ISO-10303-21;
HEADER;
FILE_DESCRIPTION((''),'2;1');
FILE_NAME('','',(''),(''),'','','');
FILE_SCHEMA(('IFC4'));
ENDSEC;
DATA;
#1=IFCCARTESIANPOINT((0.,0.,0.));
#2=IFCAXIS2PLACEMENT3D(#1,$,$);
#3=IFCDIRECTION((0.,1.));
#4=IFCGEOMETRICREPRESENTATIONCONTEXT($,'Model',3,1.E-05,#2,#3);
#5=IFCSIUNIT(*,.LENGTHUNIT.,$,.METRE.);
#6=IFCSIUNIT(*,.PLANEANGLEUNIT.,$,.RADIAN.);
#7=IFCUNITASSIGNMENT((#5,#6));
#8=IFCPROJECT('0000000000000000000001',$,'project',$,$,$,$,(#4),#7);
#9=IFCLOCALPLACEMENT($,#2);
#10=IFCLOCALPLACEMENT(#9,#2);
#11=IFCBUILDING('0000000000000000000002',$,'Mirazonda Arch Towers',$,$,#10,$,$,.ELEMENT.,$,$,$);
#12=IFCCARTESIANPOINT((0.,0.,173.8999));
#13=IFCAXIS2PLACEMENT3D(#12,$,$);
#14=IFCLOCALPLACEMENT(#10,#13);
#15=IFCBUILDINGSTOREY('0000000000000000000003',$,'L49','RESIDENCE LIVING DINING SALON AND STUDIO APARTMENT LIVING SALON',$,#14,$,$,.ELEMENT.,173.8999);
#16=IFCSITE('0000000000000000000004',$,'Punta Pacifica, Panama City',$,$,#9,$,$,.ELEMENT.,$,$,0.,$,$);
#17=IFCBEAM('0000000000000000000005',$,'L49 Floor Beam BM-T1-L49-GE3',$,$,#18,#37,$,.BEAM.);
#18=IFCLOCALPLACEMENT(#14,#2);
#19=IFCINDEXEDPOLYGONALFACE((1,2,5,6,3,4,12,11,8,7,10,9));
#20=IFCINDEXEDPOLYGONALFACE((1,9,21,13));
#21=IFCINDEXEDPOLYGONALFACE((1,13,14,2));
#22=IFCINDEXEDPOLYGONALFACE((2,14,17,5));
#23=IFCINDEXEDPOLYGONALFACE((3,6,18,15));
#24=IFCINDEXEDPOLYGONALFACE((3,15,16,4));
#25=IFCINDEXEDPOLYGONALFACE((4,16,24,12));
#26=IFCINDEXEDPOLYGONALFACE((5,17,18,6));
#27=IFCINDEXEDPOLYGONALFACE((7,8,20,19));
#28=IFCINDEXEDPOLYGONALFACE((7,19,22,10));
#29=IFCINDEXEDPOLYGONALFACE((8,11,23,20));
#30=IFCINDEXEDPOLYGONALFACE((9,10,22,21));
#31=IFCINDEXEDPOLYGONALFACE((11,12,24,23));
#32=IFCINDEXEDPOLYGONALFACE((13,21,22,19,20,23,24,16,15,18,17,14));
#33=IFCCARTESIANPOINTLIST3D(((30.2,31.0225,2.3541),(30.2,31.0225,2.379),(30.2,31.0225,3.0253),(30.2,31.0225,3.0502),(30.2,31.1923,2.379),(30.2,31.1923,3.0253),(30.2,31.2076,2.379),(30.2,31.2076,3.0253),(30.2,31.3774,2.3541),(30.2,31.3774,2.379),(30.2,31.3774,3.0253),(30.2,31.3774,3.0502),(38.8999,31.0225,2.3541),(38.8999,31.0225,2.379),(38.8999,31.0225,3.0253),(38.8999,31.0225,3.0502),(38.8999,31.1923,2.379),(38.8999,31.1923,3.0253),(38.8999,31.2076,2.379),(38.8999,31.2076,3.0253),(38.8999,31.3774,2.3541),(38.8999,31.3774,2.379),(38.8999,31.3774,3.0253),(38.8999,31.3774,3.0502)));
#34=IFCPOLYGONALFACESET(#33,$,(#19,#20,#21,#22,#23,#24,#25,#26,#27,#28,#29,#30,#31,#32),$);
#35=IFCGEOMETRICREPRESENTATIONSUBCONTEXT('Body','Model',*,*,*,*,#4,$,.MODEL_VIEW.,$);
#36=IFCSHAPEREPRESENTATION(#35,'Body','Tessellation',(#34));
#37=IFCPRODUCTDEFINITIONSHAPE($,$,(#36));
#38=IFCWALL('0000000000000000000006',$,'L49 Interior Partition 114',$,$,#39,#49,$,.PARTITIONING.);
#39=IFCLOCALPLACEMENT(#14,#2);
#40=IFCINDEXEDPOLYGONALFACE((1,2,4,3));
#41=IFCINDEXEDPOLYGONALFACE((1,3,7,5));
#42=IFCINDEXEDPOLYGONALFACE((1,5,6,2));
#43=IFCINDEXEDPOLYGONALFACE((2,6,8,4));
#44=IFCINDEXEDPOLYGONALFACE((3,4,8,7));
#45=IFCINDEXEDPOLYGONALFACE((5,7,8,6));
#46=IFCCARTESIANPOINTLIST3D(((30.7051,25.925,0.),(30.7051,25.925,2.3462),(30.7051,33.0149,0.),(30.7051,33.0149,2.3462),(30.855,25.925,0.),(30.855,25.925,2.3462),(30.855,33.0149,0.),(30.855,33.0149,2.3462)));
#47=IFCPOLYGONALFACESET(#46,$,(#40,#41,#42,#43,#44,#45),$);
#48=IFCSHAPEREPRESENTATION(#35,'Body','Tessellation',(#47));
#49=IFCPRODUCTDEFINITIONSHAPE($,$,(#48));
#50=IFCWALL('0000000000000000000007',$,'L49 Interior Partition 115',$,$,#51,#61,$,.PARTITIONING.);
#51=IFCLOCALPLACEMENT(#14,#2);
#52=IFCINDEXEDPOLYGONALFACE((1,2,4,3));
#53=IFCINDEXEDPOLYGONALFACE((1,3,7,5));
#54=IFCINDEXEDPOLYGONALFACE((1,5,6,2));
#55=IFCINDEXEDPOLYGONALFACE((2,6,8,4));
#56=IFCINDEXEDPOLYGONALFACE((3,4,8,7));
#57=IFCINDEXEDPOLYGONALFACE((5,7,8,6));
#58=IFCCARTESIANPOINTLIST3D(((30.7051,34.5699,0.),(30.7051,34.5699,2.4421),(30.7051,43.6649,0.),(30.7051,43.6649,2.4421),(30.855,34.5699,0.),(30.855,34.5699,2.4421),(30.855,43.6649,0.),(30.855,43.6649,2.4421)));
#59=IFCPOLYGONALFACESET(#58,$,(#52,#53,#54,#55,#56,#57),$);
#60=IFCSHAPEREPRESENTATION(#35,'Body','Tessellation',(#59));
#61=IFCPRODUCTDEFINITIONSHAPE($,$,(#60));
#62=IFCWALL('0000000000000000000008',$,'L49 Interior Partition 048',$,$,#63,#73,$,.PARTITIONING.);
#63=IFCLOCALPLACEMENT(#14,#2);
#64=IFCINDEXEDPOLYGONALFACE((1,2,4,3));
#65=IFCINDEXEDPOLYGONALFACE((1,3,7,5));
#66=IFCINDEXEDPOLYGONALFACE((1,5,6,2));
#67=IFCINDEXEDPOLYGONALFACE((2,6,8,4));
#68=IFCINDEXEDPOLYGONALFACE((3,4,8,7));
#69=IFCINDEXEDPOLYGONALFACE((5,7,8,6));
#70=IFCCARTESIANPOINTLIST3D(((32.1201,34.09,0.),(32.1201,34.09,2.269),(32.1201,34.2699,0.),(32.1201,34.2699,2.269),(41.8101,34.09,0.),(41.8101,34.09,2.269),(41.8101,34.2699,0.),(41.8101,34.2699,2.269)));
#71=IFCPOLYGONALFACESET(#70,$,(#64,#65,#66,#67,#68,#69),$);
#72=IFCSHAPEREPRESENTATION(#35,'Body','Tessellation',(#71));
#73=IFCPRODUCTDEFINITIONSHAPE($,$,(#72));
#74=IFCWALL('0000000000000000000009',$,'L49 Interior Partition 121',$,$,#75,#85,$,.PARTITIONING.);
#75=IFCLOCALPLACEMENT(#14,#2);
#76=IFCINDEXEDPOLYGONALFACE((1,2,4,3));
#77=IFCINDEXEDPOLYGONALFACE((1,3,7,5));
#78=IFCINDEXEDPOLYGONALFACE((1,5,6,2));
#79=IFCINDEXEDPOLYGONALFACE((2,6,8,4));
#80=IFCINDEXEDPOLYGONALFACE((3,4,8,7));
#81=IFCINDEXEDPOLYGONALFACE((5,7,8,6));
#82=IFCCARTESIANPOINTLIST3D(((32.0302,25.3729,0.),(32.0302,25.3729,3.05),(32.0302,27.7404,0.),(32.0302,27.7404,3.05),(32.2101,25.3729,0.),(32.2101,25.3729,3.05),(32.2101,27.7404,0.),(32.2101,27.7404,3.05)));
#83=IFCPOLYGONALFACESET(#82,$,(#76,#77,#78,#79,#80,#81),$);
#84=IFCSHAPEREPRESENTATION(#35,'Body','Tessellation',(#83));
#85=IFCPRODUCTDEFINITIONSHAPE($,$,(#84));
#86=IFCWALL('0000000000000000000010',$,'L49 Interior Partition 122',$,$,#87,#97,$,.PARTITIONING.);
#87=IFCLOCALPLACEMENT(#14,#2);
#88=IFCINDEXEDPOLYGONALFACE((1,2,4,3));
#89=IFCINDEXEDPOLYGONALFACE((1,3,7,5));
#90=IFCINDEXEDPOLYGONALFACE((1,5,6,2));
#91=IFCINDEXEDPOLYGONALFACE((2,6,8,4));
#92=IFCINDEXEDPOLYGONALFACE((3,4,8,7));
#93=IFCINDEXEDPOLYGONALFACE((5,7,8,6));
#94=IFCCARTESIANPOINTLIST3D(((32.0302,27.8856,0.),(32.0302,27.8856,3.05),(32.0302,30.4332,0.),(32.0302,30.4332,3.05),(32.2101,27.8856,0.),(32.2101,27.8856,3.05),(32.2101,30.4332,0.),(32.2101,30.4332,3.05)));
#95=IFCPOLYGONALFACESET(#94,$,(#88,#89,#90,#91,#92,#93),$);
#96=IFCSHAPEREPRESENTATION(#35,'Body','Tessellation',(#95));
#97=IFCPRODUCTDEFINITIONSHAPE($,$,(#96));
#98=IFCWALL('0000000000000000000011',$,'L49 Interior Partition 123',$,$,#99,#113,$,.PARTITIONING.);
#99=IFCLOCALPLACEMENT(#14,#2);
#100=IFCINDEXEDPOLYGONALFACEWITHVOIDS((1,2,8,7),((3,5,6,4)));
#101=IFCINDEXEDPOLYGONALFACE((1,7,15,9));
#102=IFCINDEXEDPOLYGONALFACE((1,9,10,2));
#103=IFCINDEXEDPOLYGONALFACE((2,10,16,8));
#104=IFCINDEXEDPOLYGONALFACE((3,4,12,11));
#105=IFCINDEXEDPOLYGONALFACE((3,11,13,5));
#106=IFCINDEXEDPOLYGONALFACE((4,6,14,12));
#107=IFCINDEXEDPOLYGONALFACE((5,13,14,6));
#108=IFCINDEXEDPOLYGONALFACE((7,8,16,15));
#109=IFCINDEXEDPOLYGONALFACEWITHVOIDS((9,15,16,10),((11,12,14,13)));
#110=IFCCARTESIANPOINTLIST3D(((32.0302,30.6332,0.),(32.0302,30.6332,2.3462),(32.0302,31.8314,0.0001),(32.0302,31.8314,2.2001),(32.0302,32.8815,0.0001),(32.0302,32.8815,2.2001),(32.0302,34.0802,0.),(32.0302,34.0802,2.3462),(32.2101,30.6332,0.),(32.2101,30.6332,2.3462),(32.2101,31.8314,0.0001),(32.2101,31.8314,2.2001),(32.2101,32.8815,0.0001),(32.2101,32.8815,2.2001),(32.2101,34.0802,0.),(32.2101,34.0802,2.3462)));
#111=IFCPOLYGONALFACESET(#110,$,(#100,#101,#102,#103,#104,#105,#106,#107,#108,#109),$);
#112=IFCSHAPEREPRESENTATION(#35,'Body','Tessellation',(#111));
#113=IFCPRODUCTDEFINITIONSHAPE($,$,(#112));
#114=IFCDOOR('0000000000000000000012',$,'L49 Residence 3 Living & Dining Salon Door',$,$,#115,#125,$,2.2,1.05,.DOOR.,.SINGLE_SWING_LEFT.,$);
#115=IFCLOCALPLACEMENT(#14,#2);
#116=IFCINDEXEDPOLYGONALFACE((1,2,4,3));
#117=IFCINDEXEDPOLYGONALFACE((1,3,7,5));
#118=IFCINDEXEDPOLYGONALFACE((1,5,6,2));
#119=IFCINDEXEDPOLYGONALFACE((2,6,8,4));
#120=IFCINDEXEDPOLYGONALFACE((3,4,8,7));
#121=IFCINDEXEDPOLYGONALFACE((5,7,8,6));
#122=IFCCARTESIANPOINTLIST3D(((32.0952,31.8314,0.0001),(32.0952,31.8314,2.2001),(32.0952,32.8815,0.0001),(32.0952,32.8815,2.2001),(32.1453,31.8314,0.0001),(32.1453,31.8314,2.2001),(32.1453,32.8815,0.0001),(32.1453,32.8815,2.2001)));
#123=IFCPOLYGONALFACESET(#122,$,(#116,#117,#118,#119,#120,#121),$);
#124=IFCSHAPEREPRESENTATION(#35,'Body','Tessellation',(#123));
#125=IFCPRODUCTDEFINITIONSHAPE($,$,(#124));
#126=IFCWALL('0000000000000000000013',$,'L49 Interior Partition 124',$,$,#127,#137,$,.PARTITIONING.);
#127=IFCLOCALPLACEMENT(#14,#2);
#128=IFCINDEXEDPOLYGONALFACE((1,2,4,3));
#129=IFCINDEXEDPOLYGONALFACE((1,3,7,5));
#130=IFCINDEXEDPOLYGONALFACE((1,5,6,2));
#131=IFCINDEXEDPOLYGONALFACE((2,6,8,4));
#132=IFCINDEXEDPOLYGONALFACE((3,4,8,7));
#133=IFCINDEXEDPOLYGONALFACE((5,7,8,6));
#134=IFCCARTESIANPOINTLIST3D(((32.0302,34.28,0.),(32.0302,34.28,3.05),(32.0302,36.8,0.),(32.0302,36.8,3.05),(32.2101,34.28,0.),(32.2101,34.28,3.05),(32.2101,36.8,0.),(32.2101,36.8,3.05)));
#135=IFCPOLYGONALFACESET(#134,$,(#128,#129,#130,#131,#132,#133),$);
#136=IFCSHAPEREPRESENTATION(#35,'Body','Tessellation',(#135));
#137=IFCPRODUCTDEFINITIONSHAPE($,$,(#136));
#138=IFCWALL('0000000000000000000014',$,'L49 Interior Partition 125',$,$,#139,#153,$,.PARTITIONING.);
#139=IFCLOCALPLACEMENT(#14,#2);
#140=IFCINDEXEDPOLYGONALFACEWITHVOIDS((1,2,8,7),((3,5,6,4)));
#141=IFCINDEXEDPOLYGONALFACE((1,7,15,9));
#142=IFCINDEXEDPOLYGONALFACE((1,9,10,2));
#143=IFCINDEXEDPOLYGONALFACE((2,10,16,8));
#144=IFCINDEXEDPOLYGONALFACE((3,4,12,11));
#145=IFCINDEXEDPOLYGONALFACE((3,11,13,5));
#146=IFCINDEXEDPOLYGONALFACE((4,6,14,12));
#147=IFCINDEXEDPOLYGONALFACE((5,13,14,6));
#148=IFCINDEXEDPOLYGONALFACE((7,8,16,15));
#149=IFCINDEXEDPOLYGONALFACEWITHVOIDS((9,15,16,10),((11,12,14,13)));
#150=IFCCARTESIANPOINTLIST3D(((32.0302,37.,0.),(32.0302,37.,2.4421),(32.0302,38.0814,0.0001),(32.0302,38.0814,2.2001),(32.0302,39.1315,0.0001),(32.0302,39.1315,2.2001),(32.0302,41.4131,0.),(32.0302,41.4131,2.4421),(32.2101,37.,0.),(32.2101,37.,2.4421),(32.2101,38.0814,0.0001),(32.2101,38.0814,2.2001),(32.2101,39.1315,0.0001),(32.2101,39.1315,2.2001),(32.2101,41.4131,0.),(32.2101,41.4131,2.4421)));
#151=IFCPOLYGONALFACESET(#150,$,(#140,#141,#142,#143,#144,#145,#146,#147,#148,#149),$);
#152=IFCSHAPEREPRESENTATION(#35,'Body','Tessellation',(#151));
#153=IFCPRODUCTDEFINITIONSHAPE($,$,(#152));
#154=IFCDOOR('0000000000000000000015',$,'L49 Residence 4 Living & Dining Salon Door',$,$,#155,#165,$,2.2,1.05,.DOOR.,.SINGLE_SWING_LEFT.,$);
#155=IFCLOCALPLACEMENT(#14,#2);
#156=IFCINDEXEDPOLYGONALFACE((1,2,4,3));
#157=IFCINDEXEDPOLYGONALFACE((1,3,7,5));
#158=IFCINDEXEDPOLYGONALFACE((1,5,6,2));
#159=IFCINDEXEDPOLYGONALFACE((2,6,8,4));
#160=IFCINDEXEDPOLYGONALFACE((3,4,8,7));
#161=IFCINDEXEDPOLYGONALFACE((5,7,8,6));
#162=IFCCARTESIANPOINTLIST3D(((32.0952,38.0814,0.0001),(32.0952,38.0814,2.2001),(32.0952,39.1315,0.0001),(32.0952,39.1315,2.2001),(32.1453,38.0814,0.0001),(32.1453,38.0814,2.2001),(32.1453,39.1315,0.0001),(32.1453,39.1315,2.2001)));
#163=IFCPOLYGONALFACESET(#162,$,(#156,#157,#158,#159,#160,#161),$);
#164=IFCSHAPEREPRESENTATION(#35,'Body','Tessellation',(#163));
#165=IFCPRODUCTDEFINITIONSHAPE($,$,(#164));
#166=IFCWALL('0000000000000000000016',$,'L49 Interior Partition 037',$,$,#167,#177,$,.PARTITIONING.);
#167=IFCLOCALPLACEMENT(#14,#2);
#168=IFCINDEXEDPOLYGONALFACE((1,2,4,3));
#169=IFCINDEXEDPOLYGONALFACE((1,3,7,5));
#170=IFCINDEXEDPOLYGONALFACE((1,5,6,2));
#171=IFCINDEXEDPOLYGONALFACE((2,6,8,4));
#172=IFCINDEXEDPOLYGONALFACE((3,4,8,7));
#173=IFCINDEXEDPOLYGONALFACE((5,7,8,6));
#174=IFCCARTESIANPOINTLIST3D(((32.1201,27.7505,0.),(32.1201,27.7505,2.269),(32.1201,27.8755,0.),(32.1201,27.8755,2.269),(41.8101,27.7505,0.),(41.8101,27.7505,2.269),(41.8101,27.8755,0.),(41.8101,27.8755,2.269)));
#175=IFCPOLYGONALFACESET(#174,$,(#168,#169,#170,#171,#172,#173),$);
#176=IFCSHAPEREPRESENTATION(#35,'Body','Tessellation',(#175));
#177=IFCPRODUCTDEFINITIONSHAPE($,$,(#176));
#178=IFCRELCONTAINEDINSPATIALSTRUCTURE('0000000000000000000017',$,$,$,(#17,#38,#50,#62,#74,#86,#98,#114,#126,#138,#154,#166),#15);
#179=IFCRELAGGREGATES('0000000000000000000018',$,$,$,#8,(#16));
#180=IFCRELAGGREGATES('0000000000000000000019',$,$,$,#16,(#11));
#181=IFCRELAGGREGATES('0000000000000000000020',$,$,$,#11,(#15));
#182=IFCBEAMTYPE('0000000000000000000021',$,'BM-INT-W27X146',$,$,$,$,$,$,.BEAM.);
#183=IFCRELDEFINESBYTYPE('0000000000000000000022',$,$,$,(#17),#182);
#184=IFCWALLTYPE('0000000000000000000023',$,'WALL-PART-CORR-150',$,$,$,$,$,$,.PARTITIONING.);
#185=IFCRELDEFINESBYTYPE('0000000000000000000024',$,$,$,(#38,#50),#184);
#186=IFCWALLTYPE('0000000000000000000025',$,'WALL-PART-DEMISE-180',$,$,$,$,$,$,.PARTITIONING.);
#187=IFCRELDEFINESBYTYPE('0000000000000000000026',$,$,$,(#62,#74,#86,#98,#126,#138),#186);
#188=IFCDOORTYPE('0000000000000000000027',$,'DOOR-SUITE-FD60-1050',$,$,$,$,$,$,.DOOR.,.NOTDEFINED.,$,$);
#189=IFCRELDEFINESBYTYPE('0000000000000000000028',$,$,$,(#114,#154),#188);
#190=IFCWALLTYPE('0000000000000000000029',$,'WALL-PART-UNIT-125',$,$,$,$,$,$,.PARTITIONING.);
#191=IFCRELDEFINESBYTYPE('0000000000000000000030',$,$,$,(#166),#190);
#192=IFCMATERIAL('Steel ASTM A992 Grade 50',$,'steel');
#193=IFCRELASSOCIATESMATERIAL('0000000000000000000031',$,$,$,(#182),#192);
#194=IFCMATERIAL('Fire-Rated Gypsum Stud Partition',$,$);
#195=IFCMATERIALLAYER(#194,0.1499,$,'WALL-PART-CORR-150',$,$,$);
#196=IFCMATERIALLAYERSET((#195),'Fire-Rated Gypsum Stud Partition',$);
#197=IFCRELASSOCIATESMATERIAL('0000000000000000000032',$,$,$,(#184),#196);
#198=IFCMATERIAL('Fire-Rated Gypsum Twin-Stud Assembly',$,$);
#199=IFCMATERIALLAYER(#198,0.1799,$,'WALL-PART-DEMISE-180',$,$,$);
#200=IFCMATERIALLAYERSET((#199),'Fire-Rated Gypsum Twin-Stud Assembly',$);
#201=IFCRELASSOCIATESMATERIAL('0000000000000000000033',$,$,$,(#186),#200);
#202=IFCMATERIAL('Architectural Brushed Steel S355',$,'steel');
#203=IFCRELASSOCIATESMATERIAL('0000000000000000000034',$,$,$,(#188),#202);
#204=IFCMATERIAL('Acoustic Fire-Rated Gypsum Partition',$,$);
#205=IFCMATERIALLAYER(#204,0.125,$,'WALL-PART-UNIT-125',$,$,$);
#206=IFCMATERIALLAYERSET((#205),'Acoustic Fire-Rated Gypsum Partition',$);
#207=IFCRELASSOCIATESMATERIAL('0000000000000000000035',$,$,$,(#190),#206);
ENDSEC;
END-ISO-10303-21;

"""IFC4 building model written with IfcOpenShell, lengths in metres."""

from ifc_helpers import new_model, si_unit, direction, frame, frame_2d, origin, origin_2d, place, context, subcontext, project, spatial, rectangle, i_section, extrude, material, layer, layer_set, material_profile, profile_set, type_object, element, fill, save


model = new_model("IFC4")

# Units and contexts
model_context = context("Model", 3, precision=1e-05, world=origin(), true_north=direction((0.0, 1.0)))
body_context = subcontext(model_context, "Body", "Model", "MODEL_VIEW")
ifc_project = project(units=[si_unit("LENGTHUNIT", "METRE"), si_unit("PLANEANGLEUNIT", "RADIAN")], contexts=[model_context])

# Site, building, storey
site_placement = place(None, origin())
site = spatial("IfcSite", under=ifc_project, at=site_placement, Name="Punta Pacifica, Panama City", CompositionType="ELEMENT", RefElevation=0.0)
building_placement = place(site_placement, origin())
building = spatial("IfcBuilding", under=site, at=building_placement, Name="Mirazonda Arch Towers", CompositionType="ELEMENT")
storey_placement = place(building_placement, frame((0.0, 0.0, 173.8999)))
storey = spatial("IfcBuildingStorey", under=building, at=storey_placement, Name="L49", Description="RESIDENCE LIVING DINING SALON AND STUDIO APARTMENT LIVING SALON", CompositionType="ELEMENT", Elevation=173.8999)

# Beam
ifc_material_1 = material(Name="Steel ASTM A992 Grade 50", Category="steel")
ifc_material_profile = material_profile(ifc_material_1, i_section(OverallWidth=0.355, OverallDepth=0.696, WebThickness=0.0154, FlangeThickness=0.0249, at=origin_2d()), Name="W27X146")
ifc_profile_set = profile_set([ifc_material_profile], Name="Steel ASTM A992 Grade 50")
beam_type = type_object("IfcBeamType", Name="BM-INT-W27X146", PredefinedType="BEAM", material=ifc_profile_set)
beam_placement = place(storey_placement, frame((30.2, 31.2, 2.7021), z_axis=(1.0, 0.0, 0.0), x_axis=(0.0, 1.0, 0.0)))
element("IfcBeam", 1, at=beam_placement, inside=storey, type_object=beam_type, Name="L49 Floor Beam BM-T1-L49-GE3", PredefinedType="BEAM", context=body_context, shape_type="SweptSolid", body=[
    extrude(i_section(OverallWidth=0.355, OverallDepth=0.696, WebThickness=0.0154, FlangeThickness=0.0249, at=origin_2d()), origin(), (0.0, 0.0, 1.0), 8.7),
])

# Walls
ifc_material_2 = material(Name="Fire-Rated Gypsum Stud Partition")
ifc_layer_1 = layer(ifc_material_2, 0.1499, Name="WALL-PART-CORR-150")
ifc_layer_set_1 = layer_set([ifc_layer_1], Name="Fire-Rated Gypsum Stud Partition")
wall_type_1 = type_object("IfcWallType", Name="WALL-PART-CORR-150", PredefinedType="PARTITIONING", material=ifc_layer_set_1)
wall_1_placement = place(storey_placement, frame((30.78, 25.925, 0.0), z_axis=(0.0, 0.0, 1.0), x_axis=(0.0, 1.0, 0.0)))
element("IfcWall", 2, at=wall_1_placement, inside=storey, type_object=wall_type_1, Name="L49 Interior Partition 114", PredefinedType="PARTITIONING", context=body_context, shape_type="SweptSolid", body=[
    extrude(rectangle(XDim=7.0898, YDim=0.1499, at=frame_2d((3.5449, 0.0))), origin(), (0.0, 0.0, 1.0), 2.3462),
])
wall_2_placement = place(storey_placement, frame((30.78, 34.5701, 0.0), z_axis=(0.0, 0.0, 1.0), x_axis=(0.0, 1.0, 0.0)))
element("IfcWall", 3, at=wall_2_placement, inside=storey, type_object=wall_type_1, Name="L49 Interior Partition 115", PredefinedType="PARTITIONING", context=body_context, shape_type="SweptSolid", body=[
    extrude(rectangle(XDim=9.095, YDim=0.1499, at=frame_2d((4.5474, 0.0))), origin(), (0.0, 0.0, 1.0), 2.4421),
])

# Shared definitions
ifc_material_3 = material(Name="Fire-Rated Gypsum Twin-Stud Assembly")
ifc_layer_2 = layer(ifc_material_3, 0.1799, Name="WALL-PART-DEMISE-180")
ifc_layer_set_2 = layer_set([ifc_layer_2], Name="Fire-Rated Gypsum Twin-Stud Assembly")
wall_type_2 = type_object("IfcWallType", Name="WALL-PART-DEMISE-180", PredefinedType="PARTITIONING", material=ifc_layer_set_2)
ifc_material_4 = material(Name="Architectural Brushed Steel S355", Category="steel")

# Wall
wall_3_placement = place(storey_placement, frame((32.1201, 34.1799, 0.0), z_axis=(0.0, 0.0, 1.0), x_axis=(1.0, 0.0, 0.0)))
element("IfcWall", 4, at=wall_3_placement, inside=storey, type_object=wall_type_2, Name="L49 Interior Partition 048", PredefinedType="PARTITIONING", context=body_context, shape_type="SweptSolid", body=[
    extrude(rectangle(XDim=9.6899, YDim=0.1799, at=frame_2d((4.845, 0.0))), origin(), (0.0, 0.0, 1.0), 2.269),
])

# Walls
wall_4_placement = place(storey_placement, frame((32.1201, 25.373, 0.0), z_axis=(0.0, 0.0, 1.0), x_axis=(0.0, 1.0, 0.0)))
element("IfcWall", 5, at=wall_4_placement, inside=storey, type_object=wall_type_2, Name="L49 Interior Partition 121", PredefinedType="PARTITIONING", context=body_context, shape_type="SweptSolid", body=[
    extrude(rectangle(XDim=2.3674, YDim=0.1799, at=frame_2d((1.1836, 0.0))), origin(), (0.0, 0.0, 1.0), 3.05),
])
wall_5_placement = place(storey_placement, frame((32.1201, 27.8855, 0.0), z_axis=(0.0, 0.0, 1.0), x_axis=(0.0, 1.0, 0.0)))
element("IfcWall", 6, at=wall_5_placement, inside=storey, type_object=wall_type_2, Name="L49 Interior Partition 122", PredefinedType="PARTITIONING", context=body_context, shape_type="SweptSolid", body=[
    extrude(rectangle(XDim=2.5476, YDim=0.1799, at=frame_2d((1.2739, 0.0))), origin(), (0.0, 0.0, 1.0), 3.05),
])

# Wall, opening, door
wall_6_placement = place(storey_placement, frame((32.1201, 30.6331, 0.0), z_axis=(0.0, 0.0, 1.0), x_axis=(0.0, 1.0, 0.0)))
wall_6 = element("IfcWall", 7, at=wall_6_placement, inside=storey, type_object=wall_type_2, Name="L49 Interior Partition 123", PredefinedType="PARTITIONING", context=body_context, shape_type="SweptSolid", body=[
    extrude(rectangle(XDim=3.447, YDim=0.1799, at=frame_2d((1.7236, 0.0))), origin(), (0.0, 0.0, 1.0), 2.3462),
])
opening_1_placement = place(wall_6_placement, frame((1.1985, 0.0, 0.0)))
opening_1 = element("IfcOpeningElement", 8, at=opening_1_placement, cuts=wall_6, PredefinedType="OPENING", context=body_context, shape_type="SweptSolid", body=[
    extrude(rectangle(XDim=1.05, YDim=2.2, at=frame_2d((0.5249, 1.1001))), frame((0.0, 0.0999, 0.0), z_axis=(0.0, -1.0, 0.0), x_axis=(1.0, 0.0, 0.0)), (0.0, 0.0, 1.0), 0.2),
])
door_type_1 = type_object("IfcDoorType", Name="DOOR-SUITE-FD60-1050", OperationType="NOTDEFINED", PredefinedType="DOOR", material=ifc_material_4)
door_1_placement = place(opening_1_placement, origin())
door_1 = element("IfcDoor", 9, at=door_1_placement, inside=storey, type_object=door_type_1, Name="L49 Residence 3 Living & Dining Salon Door", OperationType="SINGLE_SWING_LEFT", OverallHeight=2.2, OverallWidth=1.05, PredefinedType="DOOR", context=body_context, shape_type="SweptSolid", body=[
    extrude(rectangle(XDim=1.05, YDim=2.2, at=frame_2d((0.5249, 1.1001))), frame((0.0, 0.0249, 0.0), z_axis=(0.0, -1.0, 0.0), x_axis=(1.0, 0.0, 0.0)), (0.0, 0.0, 1.0), 0.05),
])
fill(opening_1, door_1)

# Wall
wall_7_placement = place(storey_placement, frame((32.1201, 34.28, 0.0), z_axis=(0.0, 0.0, 1.0), x_axis=(0.0, 1.0, 0.0)))
element("IfcWall", 10, at=wall_7_placement, inside=storey, type_object=wall_type_2, Name="L49 Interior Partition 124", PredefinedType="PARTITIONING", context=body_context, shape_type="SweptSolid", body=[
    extrude(rectangle(XDim=2.52, YDim=0.1799, at=frame_2d((1.26, 0.0))), origin(), (0.0, 0.0, 1.0), 3.05),
])

# Wall, opening, door
wall_8_placement = place(storey_placement, frame((32.1201, 37.0, 0.0), z_axis=(0.0, 0.0, 1.0), x_axis=(0.0, 1.0, 0.0)))
wall_8 = element("IfcWall", 11, at=wall_8_placement, inside=storey, type_object=wall_type_2, Name="L49 Interior Partition 125", PredefinedType="PARTITIONING", context=body_context, shape_type="SweptSolid", body=[
    extrude(rectangle(XDim=4.4131, YDim=0.1799, at=frame_2d((2.2065, 0.0))), origin(), (0.0, 0.0, 1.0), 2.4421),
])
opening_2_placement = place(wall_8_placement, frame((1.0815, 0.0, 0.0)))
opening_2 = element("IfcOpeningElement", 12, at=opening_2_placement, cuts=wall_8, PredefinedType="OPENING", context=body_context, shape_type="SweptSolid", body=[
    extrude(rectangle(XDim=1.05, YDim=2.2, at=frame_2d((0.5249, 1.1001))), frame((0.0, 0.0999, 0.0), z_axis=(0.0, -1.0, 0.0), x_axis=(1.0, 0.0, 0.0)), (0.0, 0.0, 1.0), 0.2),
])
door_2_placement = place(opening_2_placement, origin())
door_2 = element("IfcDoor", 13, at=door_2_placement, inside=storey, type_object=door_type_1, Name="L49 Residence 4 Living & Dining Salon Door", OperationType="SINGLE_SWING_LEFT", OverallHeight=2.2, OverallWidth=1.05, PredefinedType="DOOR", context=body_context, shape_type="SweptSolid", body=[
    extrude(rectangle(XDim=1.05, YDim=2.2, at=frame_2d((0.5249, 1.1001))), frame((0.0, 0.0249, 0.0), z_axis=(0.0, -1.0, 0.0), x_axis=(1.0, 0.0, 0.0)), (0.0, 0.0, 1.0), 0.05),
])
fill(opening_2, door_2)

# Wall
ifc_material_5 = material(Name="Acoustic Fire-Rated Gypsum Partition")
ifc_layer_3 = layer(ifc_material_5, 0.125, Name="WALL-PART-UNIT-125")
ifc_layer_set_3 = layer_set([ifc_layer_3], Name="Acoustic Fire-Rated Gypsum Partition")
wall_type_3 = type_object("IfcWallType", Name="WALL-PART-UNIT-125", PredefinedType="PARTITIONING", material=ifc_layer_set_3)
wall_9_placement = place(storey_placement, frame((32.1201, 27.813, 0.0), z_axis=(0.0, 0.0, 1.0), x_axis=(1.0, 0.0, 0.0)))
element("IfcWall", 14, at=wall_9_placement, inside=storey, type_object=wall_type_3, Name="L49 Interior Partition 037", PredefinedType="PARTITIONING", context=body_context, shape_type="SweptSolid", body=[
    extrude(rectangle(XDim=9.6899, YDim=0.125, at=frame_2d((4.845, 0.0))), origin(), (0.0, 0.0, 1.0), 2.269),
])

save(model, "model.ifc")
